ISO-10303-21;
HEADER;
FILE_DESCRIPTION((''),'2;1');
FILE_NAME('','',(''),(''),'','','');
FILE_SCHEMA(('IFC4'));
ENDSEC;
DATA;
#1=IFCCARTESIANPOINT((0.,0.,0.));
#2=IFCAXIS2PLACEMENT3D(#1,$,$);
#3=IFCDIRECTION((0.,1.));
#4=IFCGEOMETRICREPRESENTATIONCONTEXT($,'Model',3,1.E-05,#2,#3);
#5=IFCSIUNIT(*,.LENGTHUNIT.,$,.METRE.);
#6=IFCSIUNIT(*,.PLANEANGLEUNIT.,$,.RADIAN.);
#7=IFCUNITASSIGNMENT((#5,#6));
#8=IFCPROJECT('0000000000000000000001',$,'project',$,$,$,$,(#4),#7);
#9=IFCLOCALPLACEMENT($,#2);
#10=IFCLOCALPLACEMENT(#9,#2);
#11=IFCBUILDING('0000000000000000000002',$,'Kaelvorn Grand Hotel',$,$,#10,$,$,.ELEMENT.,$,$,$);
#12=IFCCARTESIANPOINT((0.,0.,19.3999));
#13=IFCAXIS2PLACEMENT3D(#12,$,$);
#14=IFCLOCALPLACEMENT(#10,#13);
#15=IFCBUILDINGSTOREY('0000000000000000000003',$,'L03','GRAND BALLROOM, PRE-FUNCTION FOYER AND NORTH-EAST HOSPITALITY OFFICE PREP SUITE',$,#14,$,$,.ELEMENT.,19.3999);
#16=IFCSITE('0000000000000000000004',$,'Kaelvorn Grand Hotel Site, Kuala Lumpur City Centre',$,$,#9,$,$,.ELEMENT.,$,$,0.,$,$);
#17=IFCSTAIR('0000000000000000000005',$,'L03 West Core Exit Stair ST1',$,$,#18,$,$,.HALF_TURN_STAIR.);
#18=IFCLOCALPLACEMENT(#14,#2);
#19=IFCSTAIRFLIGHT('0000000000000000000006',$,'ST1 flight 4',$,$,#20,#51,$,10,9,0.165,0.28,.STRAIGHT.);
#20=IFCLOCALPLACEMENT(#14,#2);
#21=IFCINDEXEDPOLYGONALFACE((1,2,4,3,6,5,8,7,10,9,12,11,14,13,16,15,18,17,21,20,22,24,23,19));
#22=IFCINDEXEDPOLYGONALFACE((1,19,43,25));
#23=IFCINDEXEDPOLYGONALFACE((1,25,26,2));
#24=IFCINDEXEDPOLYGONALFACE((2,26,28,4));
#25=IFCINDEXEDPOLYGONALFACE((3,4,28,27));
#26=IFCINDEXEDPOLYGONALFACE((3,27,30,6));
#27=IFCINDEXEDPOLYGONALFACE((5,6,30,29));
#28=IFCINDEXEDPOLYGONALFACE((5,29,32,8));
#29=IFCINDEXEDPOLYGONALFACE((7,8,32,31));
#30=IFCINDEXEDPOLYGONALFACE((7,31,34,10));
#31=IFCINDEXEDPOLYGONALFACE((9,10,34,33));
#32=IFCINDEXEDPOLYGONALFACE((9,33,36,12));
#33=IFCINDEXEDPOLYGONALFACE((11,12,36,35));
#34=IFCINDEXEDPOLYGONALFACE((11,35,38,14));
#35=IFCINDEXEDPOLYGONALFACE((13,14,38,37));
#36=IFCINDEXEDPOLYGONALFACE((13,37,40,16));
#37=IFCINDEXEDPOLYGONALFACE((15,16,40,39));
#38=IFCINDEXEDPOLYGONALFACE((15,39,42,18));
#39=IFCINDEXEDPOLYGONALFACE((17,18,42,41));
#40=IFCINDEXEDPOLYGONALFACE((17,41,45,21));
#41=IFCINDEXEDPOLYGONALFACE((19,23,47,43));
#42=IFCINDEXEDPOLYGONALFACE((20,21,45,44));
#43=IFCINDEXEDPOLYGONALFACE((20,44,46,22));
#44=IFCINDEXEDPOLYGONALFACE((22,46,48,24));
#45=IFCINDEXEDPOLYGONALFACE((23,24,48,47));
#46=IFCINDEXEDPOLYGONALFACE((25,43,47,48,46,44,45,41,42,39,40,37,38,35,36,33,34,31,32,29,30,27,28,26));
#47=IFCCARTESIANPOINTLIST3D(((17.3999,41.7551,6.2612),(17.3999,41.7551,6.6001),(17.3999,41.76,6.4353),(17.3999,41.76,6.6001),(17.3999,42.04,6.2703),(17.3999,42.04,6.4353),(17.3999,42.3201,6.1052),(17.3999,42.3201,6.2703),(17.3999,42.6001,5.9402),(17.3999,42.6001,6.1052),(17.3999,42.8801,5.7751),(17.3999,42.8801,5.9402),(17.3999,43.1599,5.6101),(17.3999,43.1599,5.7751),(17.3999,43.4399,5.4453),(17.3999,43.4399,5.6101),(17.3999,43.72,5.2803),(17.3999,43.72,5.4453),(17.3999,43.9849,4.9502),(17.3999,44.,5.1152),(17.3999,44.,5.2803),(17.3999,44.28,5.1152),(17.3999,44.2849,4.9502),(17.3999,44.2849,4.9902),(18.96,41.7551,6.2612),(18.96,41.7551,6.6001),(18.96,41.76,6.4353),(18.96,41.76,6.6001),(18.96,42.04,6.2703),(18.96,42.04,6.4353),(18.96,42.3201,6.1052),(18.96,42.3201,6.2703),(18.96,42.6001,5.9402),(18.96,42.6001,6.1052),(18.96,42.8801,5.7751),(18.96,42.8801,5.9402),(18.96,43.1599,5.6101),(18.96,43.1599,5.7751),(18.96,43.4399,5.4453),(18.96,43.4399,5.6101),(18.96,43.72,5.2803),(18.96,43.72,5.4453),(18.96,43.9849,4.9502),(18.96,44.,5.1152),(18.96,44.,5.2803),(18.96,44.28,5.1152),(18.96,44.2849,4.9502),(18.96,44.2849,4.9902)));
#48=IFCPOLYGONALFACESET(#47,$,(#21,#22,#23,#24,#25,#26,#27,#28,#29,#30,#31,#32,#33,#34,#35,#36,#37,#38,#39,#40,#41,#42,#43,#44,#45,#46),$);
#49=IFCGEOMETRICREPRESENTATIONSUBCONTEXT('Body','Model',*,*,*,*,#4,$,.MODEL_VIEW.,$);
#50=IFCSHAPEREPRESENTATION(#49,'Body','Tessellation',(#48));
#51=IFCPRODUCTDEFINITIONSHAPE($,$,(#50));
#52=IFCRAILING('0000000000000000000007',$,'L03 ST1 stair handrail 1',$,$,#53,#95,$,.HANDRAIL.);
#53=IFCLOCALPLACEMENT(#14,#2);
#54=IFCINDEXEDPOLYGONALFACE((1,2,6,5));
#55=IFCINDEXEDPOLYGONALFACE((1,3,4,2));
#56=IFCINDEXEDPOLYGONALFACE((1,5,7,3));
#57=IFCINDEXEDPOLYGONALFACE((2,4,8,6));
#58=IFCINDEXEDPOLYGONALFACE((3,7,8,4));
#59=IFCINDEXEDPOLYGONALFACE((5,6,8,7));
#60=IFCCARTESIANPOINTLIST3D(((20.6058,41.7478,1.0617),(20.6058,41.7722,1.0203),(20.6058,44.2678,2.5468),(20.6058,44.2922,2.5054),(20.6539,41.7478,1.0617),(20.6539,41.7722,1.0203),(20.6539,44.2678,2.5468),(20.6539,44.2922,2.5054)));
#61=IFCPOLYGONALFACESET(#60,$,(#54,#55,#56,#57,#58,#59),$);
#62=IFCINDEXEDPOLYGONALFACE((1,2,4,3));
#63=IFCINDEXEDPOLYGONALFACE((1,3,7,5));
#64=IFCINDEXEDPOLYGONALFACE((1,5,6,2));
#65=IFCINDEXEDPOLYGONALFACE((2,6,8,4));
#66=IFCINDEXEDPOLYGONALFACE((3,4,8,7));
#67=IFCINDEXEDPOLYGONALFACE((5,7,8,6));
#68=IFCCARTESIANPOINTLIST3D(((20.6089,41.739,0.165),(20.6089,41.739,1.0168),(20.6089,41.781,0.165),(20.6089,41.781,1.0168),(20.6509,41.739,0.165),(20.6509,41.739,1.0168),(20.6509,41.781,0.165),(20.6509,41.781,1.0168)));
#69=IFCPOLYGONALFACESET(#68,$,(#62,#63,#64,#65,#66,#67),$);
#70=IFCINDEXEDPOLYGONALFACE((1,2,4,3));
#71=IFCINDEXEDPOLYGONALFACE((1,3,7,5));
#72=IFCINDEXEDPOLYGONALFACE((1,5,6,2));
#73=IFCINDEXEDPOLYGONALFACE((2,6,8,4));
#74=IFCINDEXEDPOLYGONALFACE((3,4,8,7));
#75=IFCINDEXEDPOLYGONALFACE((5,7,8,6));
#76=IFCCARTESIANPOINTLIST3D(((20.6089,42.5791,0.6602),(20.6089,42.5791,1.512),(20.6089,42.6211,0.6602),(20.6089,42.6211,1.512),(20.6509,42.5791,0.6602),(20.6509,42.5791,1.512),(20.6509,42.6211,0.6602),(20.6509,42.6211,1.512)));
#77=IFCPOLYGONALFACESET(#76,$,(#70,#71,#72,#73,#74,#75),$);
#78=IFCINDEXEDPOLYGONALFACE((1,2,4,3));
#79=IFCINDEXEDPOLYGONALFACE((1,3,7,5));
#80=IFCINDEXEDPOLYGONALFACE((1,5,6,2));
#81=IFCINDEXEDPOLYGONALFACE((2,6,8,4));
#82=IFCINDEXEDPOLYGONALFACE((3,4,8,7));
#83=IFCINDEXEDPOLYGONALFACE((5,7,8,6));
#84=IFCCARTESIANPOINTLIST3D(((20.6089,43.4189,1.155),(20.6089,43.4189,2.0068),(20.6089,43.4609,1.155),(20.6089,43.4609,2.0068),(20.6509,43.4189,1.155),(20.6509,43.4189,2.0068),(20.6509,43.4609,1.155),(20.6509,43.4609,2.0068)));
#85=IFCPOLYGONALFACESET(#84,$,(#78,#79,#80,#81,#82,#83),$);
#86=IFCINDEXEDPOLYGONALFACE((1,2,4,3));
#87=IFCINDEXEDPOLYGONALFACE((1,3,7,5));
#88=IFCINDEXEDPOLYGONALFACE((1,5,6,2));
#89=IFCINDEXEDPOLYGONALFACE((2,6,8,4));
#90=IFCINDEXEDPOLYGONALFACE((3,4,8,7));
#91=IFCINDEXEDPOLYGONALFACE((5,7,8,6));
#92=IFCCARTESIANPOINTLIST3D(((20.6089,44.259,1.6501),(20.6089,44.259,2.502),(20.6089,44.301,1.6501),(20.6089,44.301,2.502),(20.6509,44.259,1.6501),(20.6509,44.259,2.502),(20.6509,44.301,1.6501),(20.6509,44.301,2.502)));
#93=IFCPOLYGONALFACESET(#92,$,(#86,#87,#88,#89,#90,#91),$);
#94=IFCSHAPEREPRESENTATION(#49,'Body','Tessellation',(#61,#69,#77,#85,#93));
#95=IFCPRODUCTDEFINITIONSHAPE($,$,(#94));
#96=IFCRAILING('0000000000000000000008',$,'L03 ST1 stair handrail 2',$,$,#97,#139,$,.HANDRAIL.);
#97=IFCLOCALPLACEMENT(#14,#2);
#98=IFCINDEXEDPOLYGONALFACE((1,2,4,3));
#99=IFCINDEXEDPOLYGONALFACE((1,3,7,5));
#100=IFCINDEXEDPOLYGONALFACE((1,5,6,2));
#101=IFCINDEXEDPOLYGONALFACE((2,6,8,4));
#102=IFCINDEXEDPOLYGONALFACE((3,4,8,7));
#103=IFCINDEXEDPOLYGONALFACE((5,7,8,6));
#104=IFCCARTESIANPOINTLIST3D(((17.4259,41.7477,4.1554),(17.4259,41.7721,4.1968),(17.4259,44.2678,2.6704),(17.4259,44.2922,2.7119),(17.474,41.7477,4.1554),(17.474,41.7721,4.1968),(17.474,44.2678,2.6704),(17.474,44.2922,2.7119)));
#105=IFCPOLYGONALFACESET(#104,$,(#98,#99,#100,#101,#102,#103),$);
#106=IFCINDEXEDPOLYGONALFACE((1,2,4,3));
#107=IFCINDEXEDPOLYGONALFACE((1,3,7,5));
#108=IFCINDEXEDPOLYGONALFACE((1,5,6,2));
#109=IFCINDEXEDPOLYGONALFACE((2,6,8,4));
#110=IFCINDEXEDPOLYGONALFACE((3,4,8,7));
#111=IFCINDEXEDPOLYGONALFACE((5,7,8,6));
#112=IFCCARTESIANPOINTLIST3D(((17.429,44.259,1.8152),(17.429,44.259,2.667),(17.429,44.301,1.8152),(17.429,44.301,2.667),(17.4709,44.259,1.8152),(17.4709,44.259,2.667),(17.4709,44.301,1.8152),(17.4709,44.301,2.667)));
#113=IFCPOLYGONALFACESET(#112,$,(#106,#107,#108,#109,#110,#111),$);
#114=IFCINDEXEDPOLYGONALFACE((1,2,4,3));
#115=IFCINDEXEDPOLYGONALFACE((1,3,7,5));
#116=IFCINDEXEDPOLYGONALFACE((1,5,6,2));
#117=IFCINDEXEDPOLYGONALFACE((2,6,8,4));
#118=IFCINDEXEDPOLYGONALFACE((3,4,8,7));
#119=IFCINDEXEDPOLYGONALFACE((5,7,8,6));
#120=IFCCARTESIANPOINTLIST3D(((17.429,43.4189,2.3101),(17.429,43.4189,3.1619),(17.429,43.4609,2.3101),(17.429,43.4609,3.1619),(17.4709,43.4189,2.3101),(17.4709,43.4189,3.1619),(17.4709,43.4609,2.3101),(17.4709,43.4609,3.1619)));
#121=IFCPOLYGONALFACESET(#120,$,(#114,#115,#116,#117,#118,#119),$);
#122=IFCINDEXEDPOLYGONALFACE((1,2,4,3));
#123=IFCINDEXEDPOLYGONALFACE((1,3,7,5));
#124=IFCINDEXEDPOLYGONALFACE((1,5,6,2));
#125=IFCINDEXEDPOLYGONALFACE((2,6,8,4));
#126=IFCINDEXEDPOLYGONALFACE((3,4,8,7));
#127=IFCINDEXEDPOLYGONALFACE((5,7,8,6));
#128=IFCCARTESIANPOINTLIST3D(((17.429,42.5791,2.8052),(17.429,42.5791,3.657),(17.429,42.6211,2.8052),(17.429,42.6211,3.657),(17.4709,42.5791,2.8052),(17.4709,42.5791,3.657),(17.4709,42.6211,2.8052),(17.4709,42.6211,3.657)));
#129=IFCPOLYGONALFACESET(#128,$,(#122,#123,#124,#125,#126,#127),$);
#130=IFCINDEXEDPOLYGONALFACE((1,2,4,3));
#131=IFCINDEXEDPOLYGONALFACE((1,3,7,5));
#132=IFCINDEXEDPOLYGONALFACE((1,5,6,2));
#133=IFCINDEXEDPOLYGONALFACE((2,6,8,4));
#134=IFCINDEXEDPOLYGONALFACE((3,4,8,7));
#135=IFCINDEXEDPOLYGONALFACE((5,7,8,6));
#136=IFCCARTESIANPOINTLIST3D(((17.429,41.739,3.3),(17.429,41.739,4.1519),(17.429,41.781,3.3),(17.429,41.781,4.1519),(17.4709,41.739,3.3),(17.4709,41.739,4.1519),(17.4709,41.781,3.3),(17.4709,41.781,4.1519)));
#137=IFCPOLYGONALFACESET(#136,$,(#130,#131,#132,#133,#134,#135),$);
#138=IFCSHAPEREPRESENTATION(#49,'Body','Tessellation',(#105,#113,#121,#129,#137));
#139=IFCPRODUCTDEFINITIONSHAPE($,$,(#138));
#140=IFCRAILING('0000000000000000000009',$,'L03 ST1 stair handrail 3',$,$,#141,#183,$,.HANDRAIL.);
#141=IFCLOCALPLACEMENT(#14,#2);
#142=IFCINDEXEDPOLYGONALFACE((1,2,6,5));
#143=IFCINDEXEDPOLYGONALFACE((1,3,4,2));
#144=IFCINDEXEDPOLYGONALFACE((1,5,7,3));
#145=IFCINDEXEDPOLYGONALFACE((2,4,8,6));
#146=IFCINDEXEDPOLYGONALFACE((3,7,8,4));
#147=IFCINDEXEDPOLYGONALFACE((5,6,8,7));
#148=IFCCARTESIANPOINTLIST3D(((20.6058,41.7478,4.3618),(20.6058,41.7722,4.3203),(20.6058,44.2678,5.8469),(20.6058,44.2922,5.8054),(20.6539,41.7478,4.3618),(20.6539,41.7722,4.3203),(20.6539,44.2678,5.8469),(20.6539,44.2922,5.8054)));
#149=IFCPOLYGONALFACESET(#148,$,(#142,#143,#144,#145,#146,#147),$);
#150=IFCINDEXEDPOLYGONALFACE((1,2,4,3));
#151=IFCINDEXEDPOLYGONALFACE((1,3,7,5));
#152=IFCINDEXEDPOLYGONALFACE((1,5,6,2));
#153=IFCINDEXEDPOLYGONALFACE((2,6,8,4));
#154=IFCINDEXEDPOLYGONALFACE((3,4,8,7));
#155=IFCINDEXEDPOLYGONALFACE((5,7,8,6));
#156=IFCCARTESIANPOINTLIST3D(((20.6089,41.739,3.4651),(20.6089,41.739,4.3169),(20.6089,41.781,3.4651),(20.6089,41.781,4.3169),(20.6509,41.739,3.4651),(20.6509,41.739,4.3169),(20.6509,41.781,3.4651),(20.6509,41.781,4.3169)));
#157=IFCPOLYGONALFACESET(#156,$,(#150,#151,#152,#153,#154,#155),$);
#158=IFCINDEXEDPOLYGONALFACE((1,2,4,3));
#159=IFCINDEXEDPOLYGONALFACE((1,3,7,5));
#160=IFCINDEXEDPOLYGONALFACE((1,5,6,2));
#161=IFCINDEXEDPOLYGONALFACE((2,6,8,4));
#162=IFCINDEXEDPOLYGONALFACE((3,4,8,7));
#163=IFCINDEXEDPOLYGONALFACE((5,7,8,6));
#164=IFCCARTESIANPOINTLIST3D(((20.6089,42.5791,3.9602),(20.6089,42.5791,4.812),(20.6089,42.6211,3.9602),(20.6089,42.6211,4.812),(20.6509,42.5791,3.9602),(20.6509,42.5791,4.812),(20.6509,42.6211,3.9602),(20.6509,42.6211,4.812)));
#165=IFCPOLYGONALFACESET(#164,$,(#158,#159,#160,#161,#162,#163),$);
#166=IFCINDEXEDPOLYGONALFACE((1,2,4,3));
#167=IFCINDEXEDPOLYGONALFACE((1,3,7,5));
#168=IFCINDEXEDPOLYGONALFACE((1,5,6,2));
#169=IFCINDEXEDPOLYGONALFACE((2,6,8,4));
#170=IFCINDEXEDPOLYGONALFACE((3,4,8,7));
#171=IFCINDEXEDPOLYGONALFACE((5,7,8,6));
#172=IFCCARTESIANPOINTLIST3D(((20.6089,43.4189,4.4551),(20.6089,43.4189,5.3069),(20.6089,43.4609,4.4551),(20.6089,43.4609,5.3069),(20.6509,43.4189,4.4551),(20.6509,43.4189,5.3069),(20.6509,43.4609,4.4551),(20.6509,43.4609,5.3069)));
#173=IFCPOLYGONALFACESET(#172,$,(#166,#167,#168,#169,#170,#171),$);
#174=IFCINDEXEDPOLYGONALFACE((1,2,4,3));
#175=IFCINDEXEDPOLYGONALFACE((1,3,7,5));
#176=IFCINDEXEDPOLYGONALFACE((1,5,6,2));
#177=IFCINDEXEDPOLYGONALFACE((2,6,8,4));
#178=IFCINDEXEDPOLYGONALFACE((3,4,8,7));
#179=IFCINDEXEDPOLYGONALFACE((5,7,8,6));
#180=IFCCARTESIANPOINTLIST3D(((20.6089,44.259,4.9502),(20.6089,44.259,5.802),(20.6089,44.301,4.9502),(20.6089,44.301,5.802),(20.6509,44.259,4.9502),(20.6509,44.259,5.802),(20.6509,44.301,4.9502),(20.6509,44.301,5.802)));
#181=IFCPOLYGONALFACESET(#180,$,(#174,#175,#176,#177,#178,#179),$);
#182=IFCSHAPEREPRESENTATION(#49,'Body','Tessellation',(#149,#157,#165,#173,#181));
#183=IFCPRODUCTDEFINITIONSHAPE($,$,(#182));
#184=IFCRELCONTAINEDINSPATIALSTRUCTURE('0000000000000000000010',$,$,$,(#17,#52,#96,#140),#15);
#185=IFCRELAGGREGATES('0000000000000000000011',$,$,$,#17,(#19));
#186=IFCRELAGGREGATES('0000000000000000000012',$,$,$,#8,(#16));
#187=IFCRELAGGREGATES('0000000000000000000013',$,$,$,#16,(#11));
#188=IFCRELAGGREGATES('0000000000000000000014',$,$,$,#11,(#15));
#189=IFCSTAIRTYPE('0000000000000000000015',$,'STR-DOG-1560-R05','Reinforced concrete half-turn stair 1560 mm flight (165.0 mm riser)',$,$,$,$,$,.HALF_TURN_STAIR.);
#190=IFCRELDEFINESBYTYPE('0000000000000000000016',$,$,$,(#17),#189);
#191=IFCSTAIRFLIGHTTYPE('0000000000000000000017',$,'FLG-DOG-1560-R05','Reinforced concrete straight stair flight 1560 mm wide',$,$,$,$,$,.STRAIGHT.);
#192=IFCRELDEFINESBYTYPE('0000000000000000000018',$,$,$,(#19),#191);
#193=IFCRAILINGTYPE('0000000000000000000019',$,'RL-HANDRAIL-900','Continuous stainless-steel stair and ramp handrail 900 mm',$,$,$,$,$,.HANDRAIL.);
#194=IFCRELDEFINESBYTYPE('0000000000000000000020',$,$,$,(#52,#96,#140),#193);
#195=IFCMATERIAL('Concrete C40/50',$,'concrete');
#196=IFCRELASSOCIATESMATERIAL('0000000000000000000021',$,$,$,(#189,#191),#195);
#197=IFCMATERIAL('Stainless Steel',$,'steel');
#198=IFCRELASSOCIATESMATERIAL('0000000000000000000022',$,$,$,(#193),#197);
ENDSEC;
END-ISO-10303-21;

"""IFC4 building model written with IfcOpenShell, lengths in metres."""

from ifc_helpers import new_model, si_unit, direction, frame, origin, origin_2d, place, context, subcontext, project, spatial, polyline, rectangle, outline, extrude, material, type_object, element, aggregate, save


model = new_model("IFC4")

# Units and contexts
model_context = context("Model", 3, precision=1e-05, world=origin(), true_north=direction((0.0, 1.0)))
body_context = subcontext(model_context, "Body", "Model", "MODEL_VIEW")
ifc_project = project(units=[si_unit("LENGTHUNIT", "METRE"), si_unit("PLANEANGLEUNIT", "RADIAN")], contexts=[model_context])

# Site, building, storey
site_placement = place(None, origin())
site = spatial("IfcSite", under=ifc_project, at=site_placement, Name="Kaelvorn Grand Hotel Site, Kuala Lumpur City Centre", CompositionType="ELEMENT", RefElevation=0.0)
building_placement = place(site_placement, origin())
building = spatial("IfcBuilding", under=site, at=building_placement, Name="Kaelvorn Grand Hotel", CompositionType="ELEMENT")
storey_placement = place(building_placement, frame((0.0, 0.0, 19.3999)))
storey = spatial("IfcBuildingStorey", under=building, at=storey_placement, Name="L03", Description="GRAND BALLROOM, PRE-FUNCTION FOYER AND NORTH-EAST HOSPITALITY OFFICE PREP SUITE", CompositionType="ELEMENT", Elevation=19.3999)

# Stair, stair flight
ifc_material_1 = material(Name="Concrete C40/50", Category="concrete")
stair_type = type_object("IfcStairType", Name="STR-DOG-1560-R05", Description="Reinforced concrete half-turn stair 1560 mm flight (165.0 mm riser)", PredefinedType="HALF_TURN_STAIR", material=ifc_material_1)
stair_placement = place(storey_placement, origin())
stair = element("IfcStair", 1, at=stair_placement, inside=storey, type_object=stair_type, Name="L03 West Core Exit Stair ST1", PredefinedType="HALF_TURN_STAIR")
stair_flight_type = type_object("IfcStairFlightType", Name="FLG-DOG-1560-R05", Description="Reinforced concrete straight stair flight 1560 mm wide", PredefinedType="STRAIGHT", material=ifc_material_1)
stair_flight_1_placement = place(storey_placement, frame((18.1799, 44.28, 4.9502), z_axis=(0.0, 0.0, 1.0), x_axis=(0.0, -1.0, 0.0)))
stair_flight_1 = element("IfcStairFlight", 2, at=stair_flight_1_placement, type_object=stair_flight_type, Name="ST1 flight 4", NumberOfRisers=10, NumberOfTreads=9, PredefinedType="STRAIGHT", RiserHeight=0.165, TreadLength=0.28, context=body_context, shape_type="SweptSolid", body=[
    extrude(outline(polyline([(-0.0049, 0.0), (-0.0049, 0.04), (0.0, 0.165), (0.28, 0.165), (0.28, 0.3301), (0.5601, 0.3301), (0.5601, 0.4951), (0.8401, 0.4951), (0.8401, 0.6599), (1.1201, 0.6599), (1.1201, 0.825), (1.3999, 0.825), (1.3999, 0.99), (1.6799, 0.99), (1.6799, 1.155), (1.96, 1.155), (1.96, 1.3201), (2.24, 1.3201), (2.24, 1.4851), (2.52, 1.4851), (2.52, 1.6499), (2.5249, 1.6499), (2.5249, 1.311), (0.2952, 0.0), (-0.0049, 0.0)])), frame((0.0, 0.78, 0.0), z_axis=(0.0, -1.0, 0.0), x_axis=(1.0, 0.0, 0.0)), (0.0, 0.0, 1.0), 1.5601),
])
aggregate(stair, [stair_flight_1])

# Railings
ifc_material_2 = material(Name="Stainless Steel", Category="steel")
railing_type_1 = type_object("IfcRailingType", Name="RL-HANDRAIL-900", Description="Continuous stainless-steel stair and ramp handrail 900 mm", PredefinedType="HANDRAIL", material=ifc_material_2)
railing_1_placement = place(storey_placement, frame((20.6299, 41.76, 0.165)))
element("IfcRailing", 3, at=railing_1_placement, inside=storey, type_object=railing_type_1, Name="L03 ST1 stair handrail 1", PredefinedType="HANDRAIL", context=body_context, shape_type="SweptSolid", body=[
    extrude(rectangle(XDim=0.0481, YDim=0.0481, at=origin_2d()), frame((0.0, 0.0, 0.876), z_axis=(0.0, 0.861524, 0.507717), x_axis=(-1.0, 0.0, 0.0)), (0.0, 0.0, 1.0), 2.925),
    extrude(rectangle(XDim=0.042, YDim=0.042, at=origin_2d()), origin(), (0.0, 0.0, 1.0), 0.8518),
    extrude(rectangle(XDim=0.042, YDim=0.042, at=origin_2d()), frame((0.0, 0.8401, 0.4951)), (0.0, 0.0, 1.0), 0.8518),
    extrude(rectangle(XDim=0.042, YDim=0.042, at=origin_2d()), frame((0.0, 1.6799, 0.99)), (0.0, 0.0, 1.0), 0.8518),
    extrude(rectangle(XDim=0.042, YDim=0.042, at=origin_2d()), frame((0.0, 2.52, 1.4851)), (0.0, 0.0, 1.0), 0.8518),
])
railing_2_placement = place(storey_placement, frame((17.45, 44.28, 1.8152)))
element("IfcRailing", 4, at=railing_2_placement, inside=storey, type_object=railing_type_1, Name="L03 ST1 stair handrail 2", PredefinedType="HANDRAIL", context=body_context, shape_type="SweptSolid", body=[
    extrude(rectangle(XDim=0.0481, YDim=0.0481, at=origin_2d()), frame((0.0, 0.0, 0.876), z_axis=(0.0, -0.861561, 0.507655), x_axis=(1.0, 0.0, 0.0)), (0.0, 0.0, 1.0), 2.925),
    extrude(rectangle(XDim=0.042, YDim=0.042, at=origin_2d()), origin(), (0.0, 0.0, 1.0), 0.8518),
    extrude(rectangle(XDim=0.042, YDim=0.042, at=origin_2d()), frame((0.0, -0.8401, 0.4949)), (0.0, 0.0, 1.0), 0.8518),
    extrude(rectangle(XDim=0.042, YDim=0.042, at=origin_2d()), frame((0.0, -1.6799, 0.99)), (0.0, 0.0, 1.0), 0.8518),
    extrude(rectangle(XDim=0.042, YDim=0.042, at=origin_2d()), frame((0.0, -2.52, 1.4849)), (0.0, 0.0, 1.0), 0.8518),
])
railing_3_placement = place(storey_placement, frame((20.6299, 41.76, 3.4651)))
element("IfcRailing", 5, at=railing_3_placement, inside=storey, type_object=railing_type_1, Name="L03 ST1 stair handrail 3", PredefinedType="HANDRAIL", context=body_context, shape_type="SweptSolid", body=[
    extrude(rectangle(XDim=0.0481, YDim=0.0481, at=origin_2d()), frame((0.0, 0.0, 0.876), z_axis=(0.0, 0.861524, 0.507717), x_axis=(-1.0, 0.0, 0.0)), (0.0, 0.0, 1.0), 2.925),
    extrude(rectangle(XDim=0.042, YDim=0.042, at=origin_2d()), origin(), (0.0, 0.0, 1.0), 0.8518),
    extrude(rectangle(XDim=0.042, YDim=0.042, at=origin_2d()), frame((0.0, 0.8401, 0.4951)), (0.0, 0.0, 1.0), 0.8518),
    extrude(rectangle(XDim=0.042, YDim=0.042, at=origin_2d()), frame((0.0, 1.6799, 0.99)), (0.0, 0.0, 1.0), 0.8518),
    extrude(rectangle(XDim=0.042, YDim=0.042, at=origin_2d()), frame((0.0, 2.52, 1.4851)), (0.0, 0.0, 1.0), 0.8518),
])

save(model, "model.ifc")
